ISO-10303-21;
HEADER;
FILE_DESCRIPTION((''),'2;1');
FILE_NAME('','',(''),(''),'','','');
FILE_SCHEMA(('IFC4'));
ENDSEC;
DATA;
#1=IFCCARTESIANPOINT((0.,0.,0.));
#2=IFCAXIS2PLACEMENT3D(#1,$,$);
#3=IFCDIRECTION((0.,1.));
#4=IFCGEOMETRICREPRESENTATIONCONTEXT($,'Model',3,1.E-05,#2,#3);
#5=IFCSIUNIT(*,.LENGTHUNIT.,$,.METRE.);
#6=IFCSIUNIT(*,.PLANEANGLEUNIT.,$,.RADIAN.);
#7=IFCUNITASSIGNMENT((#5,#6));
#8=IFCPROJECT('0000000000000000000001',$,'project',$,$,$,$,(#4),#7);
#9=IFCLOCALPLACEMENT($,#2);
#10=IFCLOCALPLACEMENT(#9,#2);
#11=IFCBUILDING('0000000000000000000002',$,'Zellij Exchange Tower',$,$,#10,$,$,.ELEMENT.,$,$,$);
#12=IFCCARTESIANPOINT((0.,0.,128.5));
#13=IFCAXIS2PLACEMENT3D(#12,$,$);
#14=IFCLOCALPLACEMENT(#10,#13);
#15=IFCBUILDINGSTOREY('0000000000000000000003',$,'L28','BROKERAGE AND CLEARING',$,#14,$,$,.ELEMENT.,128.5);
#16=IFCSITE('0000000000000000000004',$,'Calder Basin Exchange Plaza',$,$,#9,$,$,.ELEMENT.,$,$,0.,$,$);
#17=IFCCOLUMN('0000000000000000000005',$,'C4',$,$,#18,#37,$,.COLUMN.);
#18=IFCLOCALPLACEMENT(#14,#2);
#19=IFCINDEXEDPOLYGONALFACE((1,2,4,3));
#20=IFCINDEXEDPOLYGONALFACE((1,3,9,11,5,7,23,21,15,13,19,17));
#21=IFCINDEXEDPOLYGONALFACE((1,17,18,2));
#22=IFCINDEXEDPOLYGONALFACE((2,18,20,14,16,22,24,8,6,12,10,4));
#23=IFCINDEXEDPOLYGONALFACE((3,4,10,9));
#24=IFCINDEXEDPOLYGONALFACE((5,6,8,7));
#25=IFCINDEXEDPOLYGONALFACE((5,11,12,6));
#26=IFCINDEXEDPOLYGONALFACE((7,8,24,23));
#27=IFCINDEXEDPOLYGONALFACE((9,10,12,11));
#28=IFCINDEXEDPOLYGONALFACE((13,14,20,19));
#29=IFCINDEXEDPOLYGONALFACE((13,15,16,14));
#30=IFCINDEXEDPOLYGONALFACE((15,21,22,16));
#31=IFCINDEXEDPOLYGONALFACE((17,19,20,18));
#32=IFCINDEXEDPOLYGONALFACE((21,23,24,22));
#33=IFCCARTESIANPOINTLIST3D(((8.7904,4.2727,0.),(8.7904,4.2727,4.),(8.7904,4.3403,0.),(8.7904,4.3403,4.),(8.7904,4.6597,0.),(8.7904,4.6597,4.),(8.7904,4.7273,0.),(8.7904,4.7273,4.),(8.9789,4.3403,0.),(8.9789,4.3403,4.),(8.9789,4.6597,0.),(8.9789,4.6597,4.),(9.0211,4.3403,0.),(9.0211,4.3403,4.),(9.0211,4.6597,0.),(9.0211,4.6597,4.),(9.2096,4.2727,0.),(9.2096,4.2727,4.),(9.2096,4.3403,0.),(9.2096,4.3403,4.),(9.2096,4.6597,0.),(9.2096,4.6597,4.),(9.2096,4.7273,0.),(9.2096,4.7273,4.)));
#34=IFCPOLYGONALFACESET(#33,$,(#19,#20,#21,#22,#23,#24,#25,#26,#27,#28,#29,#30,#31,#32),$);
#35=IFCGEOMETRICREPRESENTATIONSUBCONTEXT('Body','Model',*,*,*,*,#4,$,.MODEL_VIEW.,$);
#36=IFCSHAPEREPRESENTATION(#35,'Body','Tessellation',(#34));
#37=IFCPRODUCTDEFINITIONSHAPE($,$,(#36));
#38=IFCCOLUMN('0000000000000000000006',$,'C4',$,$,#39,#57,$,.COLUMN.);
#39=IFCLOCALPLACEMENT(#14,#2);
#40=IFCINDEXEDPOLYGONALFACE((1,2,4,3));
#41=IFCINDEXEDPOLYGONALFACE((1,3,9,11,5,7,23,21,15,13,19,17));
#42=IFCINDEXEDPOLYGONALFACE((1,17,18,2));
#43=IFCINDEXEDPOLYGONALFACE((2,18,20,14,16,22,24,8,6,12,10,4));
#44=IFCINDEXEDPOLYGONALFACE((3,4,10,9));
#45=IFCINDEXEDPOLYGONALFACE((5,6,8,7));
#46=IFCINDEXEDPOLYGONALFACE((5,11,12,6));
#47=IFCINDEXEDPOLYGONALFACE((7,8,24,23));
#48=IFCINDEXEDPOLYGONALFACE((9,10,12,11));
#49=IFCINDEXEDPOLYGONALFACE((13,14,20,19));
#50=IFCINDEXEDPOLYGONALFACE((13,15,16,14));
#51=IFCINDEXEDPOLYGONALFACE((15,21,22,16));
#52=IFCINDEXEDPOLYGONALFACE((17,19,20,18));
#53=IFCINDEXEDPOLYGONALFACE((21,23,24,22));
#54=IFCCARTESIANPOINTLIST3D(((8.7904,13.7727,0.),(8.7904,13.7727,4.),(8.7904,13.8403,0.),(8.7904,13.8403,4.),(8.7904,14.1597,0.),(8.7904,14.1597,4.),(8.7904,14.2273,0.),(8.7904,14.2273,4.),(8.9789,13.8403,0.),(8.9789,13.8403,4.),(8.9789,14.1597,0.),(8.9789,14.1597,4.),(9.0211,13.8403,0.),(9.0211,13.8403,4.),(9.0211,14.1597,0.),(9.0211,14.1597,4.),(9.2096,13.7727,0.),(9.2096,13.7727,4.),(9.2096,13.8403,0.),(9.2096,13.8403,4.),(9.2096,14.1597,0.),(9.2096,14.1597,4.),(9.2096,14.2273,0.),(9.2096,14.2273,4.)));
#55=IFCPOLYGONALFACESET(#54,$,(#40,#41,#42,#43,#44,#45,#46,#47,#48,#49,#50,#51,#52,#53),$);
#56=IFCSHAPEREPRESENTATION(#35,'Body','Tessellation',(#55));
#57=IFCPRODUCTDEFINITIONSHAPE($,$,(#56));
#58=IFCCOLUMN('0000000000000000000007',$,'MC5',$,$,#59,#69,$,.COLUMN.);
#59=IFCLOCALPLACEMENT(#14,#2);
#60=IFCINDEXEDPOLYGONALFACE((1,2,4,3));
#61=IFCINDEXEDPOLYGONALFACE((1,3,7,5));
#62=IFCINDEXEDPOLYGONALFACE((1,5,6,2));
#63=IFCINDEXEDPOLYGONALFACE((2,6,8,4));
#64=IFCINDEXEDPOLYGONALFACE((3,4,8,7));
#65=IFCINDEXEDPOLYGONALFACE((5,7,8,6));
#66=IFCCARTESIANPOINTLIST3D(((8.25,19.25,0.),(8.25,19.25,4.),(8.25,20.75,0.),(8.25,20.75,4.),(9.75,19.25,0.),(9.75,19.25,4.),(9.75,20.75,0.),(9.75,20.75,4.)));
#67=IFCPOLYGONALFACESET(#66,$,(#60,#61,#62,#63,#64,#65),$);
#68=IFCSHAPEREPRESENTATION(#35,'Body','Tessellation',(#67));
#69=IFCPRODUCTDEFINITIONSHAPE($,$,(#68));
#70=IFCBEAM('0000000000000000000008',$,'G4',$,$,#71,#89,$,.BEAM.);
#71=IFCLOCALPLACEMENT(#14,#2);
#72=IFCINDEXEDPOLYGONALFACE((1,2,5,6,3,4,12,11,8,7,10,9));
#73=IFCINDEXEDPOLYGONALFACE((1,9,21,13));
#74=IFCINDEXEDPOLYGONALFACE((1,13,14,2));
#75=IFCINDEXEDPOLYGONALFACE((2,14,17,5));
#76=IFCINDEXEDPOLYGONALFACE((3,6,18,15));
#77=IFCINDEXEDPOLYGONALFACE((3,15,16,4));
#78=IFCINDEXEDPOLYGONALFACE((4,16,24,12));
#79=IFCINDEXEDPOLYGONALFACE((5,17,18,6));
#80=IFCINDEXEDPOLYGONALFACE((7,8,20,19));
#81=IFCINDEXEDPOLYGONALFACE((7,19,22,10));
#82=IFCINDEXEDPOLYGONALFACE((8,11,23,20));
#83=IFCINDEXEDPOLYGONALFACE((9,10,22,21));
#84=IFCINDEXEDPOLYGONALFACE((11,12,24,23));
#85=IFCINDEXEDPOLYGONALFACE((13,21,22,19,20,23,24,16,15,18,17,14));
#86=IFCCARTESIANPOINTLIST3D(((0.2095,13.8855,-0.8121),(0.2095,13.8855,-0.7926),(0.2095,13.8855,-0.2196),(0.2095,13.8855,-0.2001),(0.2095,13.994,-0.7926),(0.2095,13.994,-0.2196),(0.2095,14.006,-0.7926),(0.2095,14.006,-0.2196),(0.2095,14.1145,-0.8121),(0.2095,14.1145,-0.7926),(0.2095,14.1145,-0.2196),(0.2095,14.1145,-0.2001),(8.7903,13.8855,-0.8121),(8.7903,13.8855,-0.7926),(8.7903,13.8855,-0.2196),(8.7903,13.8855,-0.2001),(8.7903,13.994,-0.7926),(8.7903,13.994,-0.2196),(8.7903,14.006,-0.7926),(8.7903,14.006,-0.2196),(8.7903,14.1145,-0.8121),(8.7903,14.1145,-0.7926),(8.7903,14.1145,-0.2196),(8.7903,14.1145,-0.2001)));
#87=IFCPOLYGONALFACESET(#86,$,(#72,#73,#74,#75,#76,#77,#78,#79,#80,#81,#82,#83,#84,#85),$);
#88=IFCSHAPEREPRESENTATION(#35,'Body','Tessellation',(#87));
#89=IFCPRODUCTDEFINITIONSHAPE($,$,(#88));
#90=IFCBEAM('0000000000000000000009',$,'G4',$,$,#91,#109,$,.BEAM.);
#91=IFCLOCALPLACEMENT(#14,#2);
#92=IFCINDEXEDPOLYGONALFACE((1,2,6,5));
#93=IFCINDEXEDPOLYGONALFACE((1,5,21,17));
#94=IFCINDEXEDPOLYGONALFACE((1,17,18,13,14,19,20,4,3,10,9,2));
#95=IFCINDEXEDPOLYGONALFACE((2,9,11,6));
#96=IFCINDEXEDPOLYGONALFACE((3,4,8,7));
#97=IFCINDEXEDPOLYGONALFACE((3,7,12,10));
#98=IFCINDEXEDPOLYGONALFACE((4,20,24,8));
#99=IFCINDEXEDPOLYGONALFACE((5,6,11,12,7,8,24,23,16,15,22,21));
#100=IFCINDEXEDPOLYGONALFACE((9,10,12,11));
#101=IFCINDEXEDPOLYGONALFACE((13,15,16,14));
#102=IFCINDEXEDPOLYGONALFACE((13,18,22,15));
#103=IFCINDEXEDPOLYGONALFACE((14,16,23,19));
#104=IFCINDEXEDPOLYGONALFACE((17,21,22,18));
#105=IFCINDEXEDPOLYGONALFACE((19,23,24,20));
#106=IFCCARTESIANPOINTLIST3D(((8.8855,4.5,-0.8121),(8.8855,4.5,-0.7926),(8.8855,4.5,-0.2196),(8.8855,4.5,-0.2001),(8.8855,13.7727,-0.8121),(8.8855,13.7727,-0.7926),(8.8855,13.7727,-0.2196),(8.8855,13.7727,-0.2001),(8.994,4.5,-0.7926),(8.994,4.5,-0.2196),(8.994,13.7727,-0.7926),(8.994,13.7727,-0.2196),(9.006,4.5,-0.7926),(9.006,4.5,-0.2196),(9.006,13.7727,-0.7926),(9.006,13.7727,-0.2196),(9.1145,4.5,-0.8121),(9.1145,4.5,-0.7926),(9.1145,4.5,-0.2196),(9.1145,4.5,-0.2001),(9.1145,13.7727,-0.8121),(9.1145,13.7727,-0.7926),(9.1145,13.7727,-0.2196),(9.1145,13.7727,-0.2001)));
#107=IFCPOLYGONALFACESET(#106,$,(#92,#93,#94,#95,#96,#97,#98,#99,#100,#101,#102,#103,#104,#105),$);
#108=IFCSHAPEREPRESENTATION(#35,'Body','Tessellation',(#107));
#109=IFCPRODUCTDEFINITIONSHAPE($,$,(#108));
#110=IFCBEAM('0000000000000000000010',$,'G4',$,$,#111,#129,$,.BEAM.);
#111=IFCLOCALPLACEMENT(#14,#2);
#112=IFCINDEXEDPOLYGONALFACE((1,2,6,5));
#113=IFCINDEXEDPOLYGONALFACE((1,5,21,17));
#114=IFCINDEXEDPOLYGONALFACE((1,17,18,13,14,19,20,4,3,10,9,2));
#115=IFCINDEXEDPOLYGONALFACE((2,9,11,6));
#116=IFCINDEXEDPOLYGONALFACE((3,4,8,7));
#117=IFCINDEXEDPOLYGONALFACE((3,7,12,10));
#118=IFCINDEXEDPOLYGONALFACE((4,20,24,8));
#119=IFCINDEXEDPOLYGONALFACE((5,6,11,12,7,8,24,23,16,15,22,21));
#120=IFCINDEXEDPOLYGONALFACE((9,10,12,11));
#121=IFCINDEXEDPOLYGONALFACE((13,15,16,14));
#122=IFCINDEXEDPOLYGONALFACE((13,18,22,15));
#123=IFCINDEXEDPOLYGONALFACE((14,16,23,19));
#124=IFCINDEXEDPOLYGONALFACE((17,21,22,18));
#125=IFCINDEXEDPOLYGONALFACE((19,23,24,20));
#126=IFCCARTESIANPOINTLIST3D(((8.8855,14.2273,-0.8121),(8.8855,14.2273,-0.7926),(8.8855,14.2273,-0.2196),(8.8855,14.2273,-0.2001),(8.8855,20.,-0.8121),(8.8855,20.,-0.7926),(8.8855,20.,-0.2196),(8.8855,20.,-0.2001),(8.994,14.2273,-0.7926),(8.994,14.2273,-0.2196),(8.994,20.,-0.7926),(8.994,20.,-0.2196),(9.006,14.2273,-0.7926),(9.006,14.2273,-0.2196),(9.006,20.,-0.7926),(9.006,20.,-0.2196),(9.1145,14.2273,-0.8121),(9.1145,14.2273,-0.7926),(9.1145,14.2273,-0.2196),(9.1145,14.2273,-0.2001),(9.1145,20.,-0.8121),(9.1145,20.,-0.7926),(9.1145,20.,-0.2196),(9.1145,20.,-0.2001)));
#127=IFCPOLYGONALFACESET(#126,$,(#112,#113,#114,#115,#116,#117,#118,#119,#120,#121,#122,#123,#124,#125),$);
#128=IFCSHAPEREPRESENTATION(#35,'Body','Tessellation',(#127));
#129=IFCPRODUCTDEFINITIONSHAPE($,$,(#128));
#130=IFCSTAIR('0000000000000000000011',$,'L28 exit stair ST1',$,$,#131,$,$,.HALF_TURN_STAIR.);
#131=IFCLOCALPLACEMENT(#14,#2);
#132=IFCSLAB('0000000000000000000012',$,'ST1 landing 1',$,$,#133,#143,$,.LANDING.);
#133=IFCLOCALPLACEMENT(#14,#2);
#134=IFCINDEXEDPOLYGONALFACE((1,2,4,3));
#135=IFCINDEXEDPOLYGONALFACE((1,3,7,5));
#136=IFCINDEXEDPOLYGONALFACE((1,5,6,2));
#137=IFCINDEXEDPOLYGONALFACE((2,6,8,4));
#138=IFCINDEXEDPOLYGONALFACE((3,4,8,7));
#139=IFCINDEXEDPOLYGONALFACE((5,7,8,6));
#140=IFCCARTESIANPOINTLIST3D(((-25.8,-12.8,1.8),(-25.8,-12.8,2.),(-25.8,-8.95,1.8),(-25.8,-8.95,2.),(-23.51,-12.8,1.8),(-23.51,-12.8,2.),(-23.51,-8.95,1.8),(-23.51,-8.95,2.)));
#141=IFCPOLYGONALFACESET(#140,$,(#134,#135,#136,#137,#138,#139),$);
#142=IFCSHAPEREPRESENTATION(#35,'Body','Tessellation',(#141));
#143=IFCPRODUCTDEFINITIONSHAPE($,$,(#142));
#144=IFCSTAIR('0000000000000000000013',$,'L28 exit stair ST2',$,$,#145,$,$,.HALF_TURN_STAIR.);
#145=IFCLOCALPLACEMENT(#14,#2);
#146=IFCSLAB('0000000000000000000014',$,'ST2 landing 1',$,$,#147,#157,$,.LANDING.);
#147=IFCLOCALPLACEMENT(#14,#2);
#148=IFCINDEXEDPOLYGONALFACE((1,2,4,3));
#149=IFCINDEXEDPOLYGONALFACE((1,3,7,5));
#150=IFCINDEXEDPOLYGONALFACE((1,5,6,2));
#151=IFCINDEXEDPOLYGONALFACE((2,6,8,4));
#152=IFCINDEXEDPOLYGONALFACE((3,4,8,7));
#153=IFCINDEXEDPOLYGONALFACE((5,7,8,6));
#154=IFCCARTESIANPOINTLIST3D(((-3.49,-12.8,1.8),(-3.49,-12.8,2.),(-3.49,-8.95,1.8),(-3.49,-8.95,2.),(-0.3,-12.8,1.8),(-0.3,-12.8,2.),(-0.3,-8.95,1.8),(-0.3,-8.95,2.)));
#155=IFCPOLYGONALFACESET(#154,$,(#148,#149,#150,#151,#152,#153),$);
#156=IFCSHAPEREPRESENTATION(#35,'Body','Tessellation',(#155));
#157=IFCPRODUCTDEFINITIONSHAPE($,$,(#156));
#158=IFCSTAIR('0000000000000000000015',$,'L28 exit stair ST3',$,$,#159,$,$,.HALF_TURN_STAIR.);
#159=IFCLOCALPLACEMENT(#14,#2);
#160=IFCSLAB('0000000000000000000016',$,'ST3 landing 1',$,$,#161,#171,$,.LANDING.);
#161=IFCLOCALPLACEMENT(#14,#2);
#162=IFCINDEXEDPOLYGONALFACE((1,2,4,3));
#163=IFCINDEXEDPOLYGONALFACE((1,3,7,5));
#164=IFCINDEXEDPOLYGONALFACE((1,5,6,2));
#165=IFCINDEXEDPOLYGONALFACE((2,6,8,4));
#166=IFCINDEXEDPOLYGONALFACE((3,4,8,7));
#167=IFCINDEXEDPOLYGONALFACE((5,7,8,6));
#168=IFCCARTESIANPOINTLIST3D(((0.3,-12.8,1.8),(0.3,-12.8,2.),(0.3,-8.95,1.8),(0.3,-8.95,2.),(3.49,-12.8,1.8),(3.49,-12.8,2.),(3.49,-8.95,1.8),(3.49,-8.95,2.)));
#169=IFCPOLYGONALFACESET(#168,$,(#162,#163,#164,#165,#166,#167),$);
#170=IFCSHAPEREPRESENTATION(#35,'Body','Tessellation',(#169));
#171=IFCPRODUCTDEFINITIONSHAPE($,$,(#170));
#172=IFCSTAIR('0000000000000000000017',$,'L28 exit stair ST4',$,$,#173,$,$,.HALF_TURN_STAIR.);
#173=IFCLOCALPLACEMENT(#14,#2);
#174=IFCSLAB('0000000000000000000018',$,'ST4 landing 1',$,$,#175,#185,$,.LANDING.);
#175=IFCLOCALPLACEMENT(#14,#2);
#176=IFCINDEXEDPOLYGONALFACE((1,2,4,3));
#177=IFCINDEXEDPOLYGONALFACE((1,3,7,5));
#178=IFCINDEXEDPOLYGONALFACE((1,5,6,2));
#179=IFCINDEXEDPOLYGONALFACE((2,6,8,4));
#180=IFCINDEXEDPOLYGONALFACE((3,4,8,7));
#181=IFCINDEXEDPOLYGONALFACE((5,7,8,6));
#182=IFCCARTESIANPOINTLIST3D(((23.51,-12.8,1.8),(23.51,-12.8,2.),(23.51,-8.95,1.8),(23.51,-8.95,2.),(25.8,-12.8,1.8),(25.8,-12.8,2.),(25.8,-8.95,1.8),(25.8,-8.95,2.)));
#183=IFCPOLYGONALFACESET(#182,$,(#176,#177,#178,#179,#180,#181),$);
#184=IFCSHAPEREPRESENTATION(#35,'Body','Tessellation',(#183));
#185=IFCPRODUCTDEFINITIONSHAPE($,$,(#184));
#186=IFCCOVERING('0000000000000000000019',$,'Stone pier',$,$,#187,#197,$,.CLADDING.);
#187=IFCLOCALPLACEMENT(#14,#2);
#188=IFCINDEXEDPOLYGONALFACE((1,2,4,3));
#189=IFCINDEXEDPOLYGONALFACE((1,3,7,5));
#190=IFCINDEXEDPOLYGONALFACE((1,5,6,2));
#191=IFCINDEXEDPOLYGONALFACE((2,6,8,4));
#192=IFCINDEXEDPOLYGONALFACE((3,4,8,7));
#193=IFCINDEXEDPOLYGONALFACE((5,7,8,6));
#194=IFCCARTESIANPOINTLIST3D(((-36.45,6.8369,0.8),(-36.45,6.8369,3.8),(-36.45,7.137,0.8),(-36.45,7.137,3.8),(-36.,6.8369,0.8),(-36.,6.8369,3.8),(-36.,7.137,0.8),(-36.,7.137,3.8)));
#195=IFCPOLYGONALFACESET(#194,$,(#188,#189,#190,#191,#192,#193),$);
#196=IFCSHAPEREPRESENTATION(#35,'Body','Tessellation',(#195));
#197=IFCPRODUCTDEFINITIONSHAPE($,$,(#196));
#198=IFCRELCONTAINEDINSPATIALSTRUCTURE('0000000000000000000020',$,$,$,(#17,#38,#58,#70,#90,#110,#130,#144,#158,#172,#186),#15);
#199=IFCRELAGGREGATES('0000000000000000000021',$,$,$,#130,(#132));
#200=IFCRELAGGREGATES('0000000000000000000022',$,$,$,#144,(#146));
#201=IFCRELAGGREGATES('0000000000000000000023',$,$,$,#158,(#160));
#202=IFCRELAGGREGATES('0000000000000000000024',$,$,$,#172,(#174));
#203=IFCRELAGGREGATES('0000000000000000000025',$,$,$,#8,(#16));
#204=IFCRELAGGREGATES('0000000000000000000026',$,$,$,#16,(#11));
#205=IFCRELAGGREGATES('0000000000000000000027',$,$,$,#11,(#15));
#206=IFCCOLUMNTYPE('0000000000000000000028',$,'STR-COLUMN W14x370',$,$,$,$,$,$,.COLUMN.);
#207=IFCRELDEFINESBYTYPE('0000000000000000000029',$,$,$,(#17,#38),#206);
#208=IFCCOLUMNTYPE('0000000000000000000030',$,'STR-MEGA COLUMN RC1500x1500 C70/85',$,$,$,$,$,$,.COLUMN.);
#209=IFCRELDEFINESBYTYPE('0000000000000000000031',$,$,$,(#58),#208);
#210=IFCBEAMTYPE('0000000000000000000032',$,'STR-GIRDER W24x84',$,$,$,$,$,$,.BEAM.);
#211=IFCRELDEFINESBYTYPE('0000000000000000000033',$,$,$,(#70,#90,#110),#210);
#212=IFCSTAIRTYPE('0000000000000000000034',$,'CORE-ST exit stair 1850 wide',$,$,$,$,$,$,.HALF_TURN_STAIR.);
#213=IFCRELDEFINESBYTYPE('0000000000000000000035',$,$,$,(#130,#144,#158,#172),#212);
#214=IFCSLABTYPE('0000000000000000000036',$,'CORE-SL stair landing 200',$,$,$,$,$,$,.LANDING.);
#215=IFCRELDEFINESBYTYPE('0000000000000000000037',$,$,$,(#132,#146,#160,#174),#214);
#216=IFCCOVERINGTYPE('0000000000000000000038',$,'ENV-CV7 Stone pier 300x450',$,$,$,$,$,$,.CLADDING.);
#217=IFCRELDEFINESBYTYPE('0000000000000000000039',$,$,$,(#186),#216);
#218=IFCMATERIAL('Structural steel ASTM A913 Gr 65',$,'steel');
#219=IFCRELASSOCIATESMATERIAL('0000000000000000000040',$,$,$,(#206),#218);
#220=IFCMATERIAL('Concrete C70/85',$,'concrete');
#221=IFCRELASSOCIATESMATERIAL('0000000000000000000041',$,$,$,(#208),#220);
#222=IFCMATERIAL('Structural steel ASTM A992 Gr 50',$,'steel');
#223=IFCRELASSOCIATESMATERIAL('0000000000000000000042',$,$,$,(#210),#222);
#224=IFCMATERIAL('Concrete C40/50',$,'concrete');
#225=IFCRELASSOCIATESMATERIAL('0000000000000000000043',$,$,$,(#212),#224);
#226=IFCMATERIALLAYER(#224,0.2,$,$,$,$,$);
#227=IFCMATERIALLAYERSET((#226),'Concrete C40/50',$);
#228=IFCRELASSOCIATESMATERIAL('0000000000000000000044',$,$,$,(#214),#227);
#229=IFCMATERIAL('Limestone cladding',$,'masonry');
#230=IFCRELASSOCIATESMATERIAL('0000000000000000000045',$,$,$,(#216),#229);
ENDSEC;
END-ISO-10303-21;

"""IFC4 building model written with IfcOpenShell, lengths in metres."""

from ifc_helpers import new_model, si_unit, direction, frame, origin, origin_2d, place, context, subcontext, project, spatial, polyline, rectangle, i_section, outline, extrude, material, layer, layer_set, material_profile, profile_set, type_object, element, aggregate, save


model = new_model("IFC4")

# Units and contexts
model_context = context("Model", 3, precision=1e-05, world=origin(), true_north=direction((0.0, 1.0)))
body_context = subcontext(model_context, "Body", "Model", "MODEL_VIEW")
ifc_project = project(units=[si_unit("LENGTHUNIT", "METRE"), si_unit("PLANEANGLEUNIT", "RADIAN")], contexts=[model_context])

# Site, building, storey
site_placement = place(None, origin())
site = spatial("IfcSite", under=ifc_project, at=site_placement, Name="Calder Basin Exchange Plaza", CompositionType="ELEMENT", RefElevation=0.0)
building_placement = place(site_placement, origin())
building = spatial("IfcBuilding", under=site, at=building_placement, Name="Zellij Exchange Tower", CompositionType="ELEMENT")
storey_placement = place(building_placement, frame((0.0, 0.0, 128.5)))
storey = spatial("IfcBuildingStorey", under=building, at=storey_placement, Name="L28", Description="BROKERAGE AND CLEARING", CompositionType="ELEMENT", Elevation=128.5)

# Columns
ifc_material_1 = material(Name="Structural steel ASTM A913 Gr 65", Category="steel")
ifc_material_profile_1 = material_profile(ifc_material_1, i_section(OverallWidth=0.4192, OverallDepth=0.4546, WebThickness=0.0422, FlangeThickness=0.0676, at=origin_2d()), Name="W14x370")
ifc_profile_set_1 = profile_set([ifc_material_profile_1], Name="Structural steel ASTM A913 Gr 65")
column_type_1 = type_object("IfcColumnType", Name="STR-COLUMN W14x370", PredefinedType="COLUMN", material=ifc_profile_set_1)
for number, where, z_axis, x_axis, name in (
    (1, (9.0, 4.5, 0.0), (0.0, 0.0, 1.0), (1.0, 0.0, 0.0), "C4"),
    (2, (9.0, 14.0, 0.0), (0.0, 0.0, 1.0), (1.0, 0.0, 0.0), "C4"),
):
    element("IfcColumn", number, at=place(storey_placement, frame(where, z_axis=z_axis, x_axis=x_axis)), inside=storey, type_object=column_type_1, Name=name, PredefinedType="COLUMN", context=body_context, shape_type="SweptSolid", body=[
        extrude(i_section(OverallWidth=0.4192, OverallDepth=0.4546, WebThickness=0.0422, FlangeThickness=0.0676, at=origin_2d()), origin(), (0.0, 0.0, 1.0), 4.0),
    ])
ifc_material_2 = material(Name="Concrete C70/85", Category="concrete")
ifc_material_profile_2 = material_profile(ifc_material_2, rectangle(XDim=1.5, YDim=1.5, at=origin_2d()), Name="STR-MEGA COLUMN RC1500x1500 C70/85")
ifc_profile_set_2 = profile_set([ifc_material_profile_2], Name="Concrete C70/85")
column_type_2 = type_object("IfcColumnType", Name="STR-MEGA COLUMN RC1500x1500 C70/85", PredefinedType="COLUMN", material=ifc_profile_set_2)
column_placement = place(storey_placement, frame((9.0, 20.0, 0.0), z_axis=(0.0, 0.0, 1.0), x_axis=(1.0, 0.0, 0.0)))
element("IfcColumn", 3, at=column_placement, inside=storey, type_object=column_type_2, Name="MC5", PredefinedType="COLUMN", context=body_context, shape_type="SweptSolid", body=[
    extrude(rectangle(XDim=1.5, YDim=1.5, at=origin_2d()), origin(), (0.0, 0.0, 1.0), 4.0),
])

# Beams
ifc_material_3 = material(Name="Structural steel ASTM A992 Gr 50", Category="steel")
ifc_material_profile_3 = material_profile(ifc_material_3, i_section(OverallWidth=0.229, OverallDepth=0.6121, WebThickness=0.012, FlangeThickness=0.0195, at=origin_2d()), Name="W24x84")
ifc_profile_set_3 = profile_set([ifc_material_profile_3], Name="Structural steel ASTM A992 Gr 50")
beam_type = type_object("IfcBeamType", Name="STR-GIRDER W24x84", PredefinedType="BEAM", material=ifc_profile_set_3)
beam_1_placement = place(storey_placement, frame((0.2095, 14.0, -0.5061), z_axis=(1.0, 0.0, 0.0), x_axis=(0.0, 1.0, 0.0)))
element("IfcBeam", 4, at=beam_1_placement, inside=storey, type_object=beam_type, Name="G4", PredefinedType="BEAM", context=body_context, shape_type="SweptSolid", body=[
    extrude(i_section(OverallWidth=0.229, OverallDepth=0.6121, WebThickness=0.012, FlangeThickness=0.0195, at=origin_2d()), origin(), (0.0, 0.0, 1.0), 8.5808),
])
beam_2_placement = place(storey_placement, frame((9.0, 4.5, -0.5061), z_axis=(0.0, 1.0, 0.0), x_axis=(-1.0, 0.0, 0.0)))
element("IfcBeam", 5, at=beam_2_placement, inside=storey, type_object=beam_type, Name="G4", PredefinedType="BEAM", context=body_context, shape_type="SweptSolid", body=[
    extrude(i_section(OverallWidth=0.229, OverallDepth=0.6121, WebThickness=0.012, FlangeThickness=0.0195, at=origin_2d()), origin(), (0.0, 0.0, 1.0), 9.2727),
])
beam_3_placement = place(storey_placement, frame((9.0, 14.2273, -0.5061), z_axis=(0.0, 1.0, 0.0), x_axis=(-1.0, 0.0, 0.0)))
element("IfcBeam", 6, at=beam_3_placement, inside=storey, type_object=beam_type, Name="G4", PredefinedType="BEAM", context=body_context, shape_type="SweptSolid", body=[
    extrude(i_section(OverallWidth=0.229, OverallDepth=0.6121, WebThickness=0.012, FlangeThickness=0.0195, at=origin_2d()), origin(), (0.0, 0.0, 1.0), 5.7727),
])

# Stairs, slabs
ifc_material_4 = material(Name="Concrete C40/50", Category="concrete")
stair_type = type_object("IfcStairType", Name="CORE-ST exit stair 1850 wide", PredefinedType="HALF_TURN_STAIR", material=ifc_material_4)
stair_1_placement = place(storey_placement, origin())
stair_1 = element("IfcStair", 7, at=stair_1_placement, inside=storey, type_object=stair_type, Name="L28 exit stair ST1", PredefinedType="HALF_TURN_STAIR")
ifc_layer_1 = layer(ifc_material_4, 0.2)
ifc_layer_set_1 = layer_set([ifc_layer_1], Name="Concrete C40/50")
slab_type = type_object("IfcSlabType", Name="CORE-SL stair landing 200", PredefinedType="LANDING", material=ifc_layer_set_1)
slab_1_placement = place(storey_placement, frame((0.0, 0.0, 1.8)))
slab_1 = element("IfcSlab", 8, at=slab_1_placement, type_object=slab_type, Name="ST1 landing 1", PredefinedType="LANDING", context=body_context, shape_type="SweptSolid", body=[
    extrude(outline(polyline([(-23.51, -8.95), (-25.8, -8.95), (-25.8, -12.8), (-23.51, -12.8), (-23.51, -8.95)])), origin(), (0.0, 0.0, 1.0), 0.2),
])
aggregate(stair_1, [slab_1])
stair_2_placement = place(storey_placement, origin())
stair_2 = element("IfcStair", 9, at=stair_2_placement, inside=storey, type_object=stair_type, Name="L28 exit stair ST2", PredefinedType="HALF_TURN_STAIR")
slab_2_placement = place(storey_placement, frame((0.0, 0.0, 1.8)))
slab_2 = element("IfcSlab", 10, at=slab_2_placement, type_object=slab_type, Name="ST2 landing 1", PredefinedType="LANDING", context=body_context, shape_type="SweptSolid", body=[
    extrude(outline(polyline([(-3.49, -12.8), (-0.3, -12.8), (-0.3, -8.95), (-3.49, -8.95), (-3.49, -12.8)])), origin(), (0.0, 0.0, 1.0), 0.2),
])
aggregate(stair_2, [slab_2])
stair_3_placement = place(storey_placement, origin())
stair_3 = element("IfcStair", 11, at=stair_3_placement, inside=storey, type_object=stair_type, Name="L28 exit stair ST3", PredefinedType="HALF_TURN_STAIR")
slab_3_placement = place(storey_placement, frame((0.0, 0.0, 1.8)))
slab_3 = element("IfcSlab", 12, at=slab_3_placement, type_object=slab_type, Name="ST3 landing 1", PredefinedType="LANDING", context=body_context, shape_type="SweptSolid", body=[
    extrude(outline(polyline([(3.49, -8.95), (0.3, -8.95), (0.3, -12.8), (3.49, -12.8), (3.49, -8.95)])), origin(), (0.0, 0.0, 1.0), 0.2),
])
aggregate(stair_3, [slab_3])
stair_4_placement = place(storey_placement, origin())
stair_4 = element("IfcStair", 13, at=stair_4_placement, inside=storey, type_object=stair_type, Name="L28 exit stair ST4", PredefinedType="HALF_TURN_STAIR")
slab_4_placement = place(storey_placement, frame((0.0, 0.0, 1.8)))
slab_4 = element("IfcSlab", 14, at=slab_4_placement, type_object=slab_type, Name="ST4 landing 1", PredefinedType="LANDING", context=body_context, shape_type="SweptSolid", body=[
    extrude(outline(polyline([(23.51, -12.8), (25.8, -12.8), (25.8, -8.95), (23.51, -8.95), (23.51, -12.8)])), origin(), (0.0, 0.0, 1.0), 0.2),
])
aggregate(stair_4, [slab_4])

# Covering
ifc_material_5 = material(Name="Limestone cladding", Category="masonry")
covering_type_1 = type_object("IfcCoveringType", Name="ENV-CV7 Stone pier 300x450", PredefinedType="CLADDING", material=ifc_material_5)
covering_1_placement = place(storey_placement, frame((0.0, 0.0, 0.8)))
element("IfcCovering", 15, at=covering_1_placement, inside=storey, type_object=covering_type_1, Name="Stone pier", PredefinedType="CLADDING", context=body_context, shape_type="SweptSolid", body=[
    extrude(outline(polyline([(-36.0, 7.137), (-36.0, 6.8369), (-36.45, 6.8369), (-36.45, 7.137), (-36.0, 7.137)])), origin(), (0.0, 0.0, 1.0), 3.0),
])

save(model, "model.ifc")
